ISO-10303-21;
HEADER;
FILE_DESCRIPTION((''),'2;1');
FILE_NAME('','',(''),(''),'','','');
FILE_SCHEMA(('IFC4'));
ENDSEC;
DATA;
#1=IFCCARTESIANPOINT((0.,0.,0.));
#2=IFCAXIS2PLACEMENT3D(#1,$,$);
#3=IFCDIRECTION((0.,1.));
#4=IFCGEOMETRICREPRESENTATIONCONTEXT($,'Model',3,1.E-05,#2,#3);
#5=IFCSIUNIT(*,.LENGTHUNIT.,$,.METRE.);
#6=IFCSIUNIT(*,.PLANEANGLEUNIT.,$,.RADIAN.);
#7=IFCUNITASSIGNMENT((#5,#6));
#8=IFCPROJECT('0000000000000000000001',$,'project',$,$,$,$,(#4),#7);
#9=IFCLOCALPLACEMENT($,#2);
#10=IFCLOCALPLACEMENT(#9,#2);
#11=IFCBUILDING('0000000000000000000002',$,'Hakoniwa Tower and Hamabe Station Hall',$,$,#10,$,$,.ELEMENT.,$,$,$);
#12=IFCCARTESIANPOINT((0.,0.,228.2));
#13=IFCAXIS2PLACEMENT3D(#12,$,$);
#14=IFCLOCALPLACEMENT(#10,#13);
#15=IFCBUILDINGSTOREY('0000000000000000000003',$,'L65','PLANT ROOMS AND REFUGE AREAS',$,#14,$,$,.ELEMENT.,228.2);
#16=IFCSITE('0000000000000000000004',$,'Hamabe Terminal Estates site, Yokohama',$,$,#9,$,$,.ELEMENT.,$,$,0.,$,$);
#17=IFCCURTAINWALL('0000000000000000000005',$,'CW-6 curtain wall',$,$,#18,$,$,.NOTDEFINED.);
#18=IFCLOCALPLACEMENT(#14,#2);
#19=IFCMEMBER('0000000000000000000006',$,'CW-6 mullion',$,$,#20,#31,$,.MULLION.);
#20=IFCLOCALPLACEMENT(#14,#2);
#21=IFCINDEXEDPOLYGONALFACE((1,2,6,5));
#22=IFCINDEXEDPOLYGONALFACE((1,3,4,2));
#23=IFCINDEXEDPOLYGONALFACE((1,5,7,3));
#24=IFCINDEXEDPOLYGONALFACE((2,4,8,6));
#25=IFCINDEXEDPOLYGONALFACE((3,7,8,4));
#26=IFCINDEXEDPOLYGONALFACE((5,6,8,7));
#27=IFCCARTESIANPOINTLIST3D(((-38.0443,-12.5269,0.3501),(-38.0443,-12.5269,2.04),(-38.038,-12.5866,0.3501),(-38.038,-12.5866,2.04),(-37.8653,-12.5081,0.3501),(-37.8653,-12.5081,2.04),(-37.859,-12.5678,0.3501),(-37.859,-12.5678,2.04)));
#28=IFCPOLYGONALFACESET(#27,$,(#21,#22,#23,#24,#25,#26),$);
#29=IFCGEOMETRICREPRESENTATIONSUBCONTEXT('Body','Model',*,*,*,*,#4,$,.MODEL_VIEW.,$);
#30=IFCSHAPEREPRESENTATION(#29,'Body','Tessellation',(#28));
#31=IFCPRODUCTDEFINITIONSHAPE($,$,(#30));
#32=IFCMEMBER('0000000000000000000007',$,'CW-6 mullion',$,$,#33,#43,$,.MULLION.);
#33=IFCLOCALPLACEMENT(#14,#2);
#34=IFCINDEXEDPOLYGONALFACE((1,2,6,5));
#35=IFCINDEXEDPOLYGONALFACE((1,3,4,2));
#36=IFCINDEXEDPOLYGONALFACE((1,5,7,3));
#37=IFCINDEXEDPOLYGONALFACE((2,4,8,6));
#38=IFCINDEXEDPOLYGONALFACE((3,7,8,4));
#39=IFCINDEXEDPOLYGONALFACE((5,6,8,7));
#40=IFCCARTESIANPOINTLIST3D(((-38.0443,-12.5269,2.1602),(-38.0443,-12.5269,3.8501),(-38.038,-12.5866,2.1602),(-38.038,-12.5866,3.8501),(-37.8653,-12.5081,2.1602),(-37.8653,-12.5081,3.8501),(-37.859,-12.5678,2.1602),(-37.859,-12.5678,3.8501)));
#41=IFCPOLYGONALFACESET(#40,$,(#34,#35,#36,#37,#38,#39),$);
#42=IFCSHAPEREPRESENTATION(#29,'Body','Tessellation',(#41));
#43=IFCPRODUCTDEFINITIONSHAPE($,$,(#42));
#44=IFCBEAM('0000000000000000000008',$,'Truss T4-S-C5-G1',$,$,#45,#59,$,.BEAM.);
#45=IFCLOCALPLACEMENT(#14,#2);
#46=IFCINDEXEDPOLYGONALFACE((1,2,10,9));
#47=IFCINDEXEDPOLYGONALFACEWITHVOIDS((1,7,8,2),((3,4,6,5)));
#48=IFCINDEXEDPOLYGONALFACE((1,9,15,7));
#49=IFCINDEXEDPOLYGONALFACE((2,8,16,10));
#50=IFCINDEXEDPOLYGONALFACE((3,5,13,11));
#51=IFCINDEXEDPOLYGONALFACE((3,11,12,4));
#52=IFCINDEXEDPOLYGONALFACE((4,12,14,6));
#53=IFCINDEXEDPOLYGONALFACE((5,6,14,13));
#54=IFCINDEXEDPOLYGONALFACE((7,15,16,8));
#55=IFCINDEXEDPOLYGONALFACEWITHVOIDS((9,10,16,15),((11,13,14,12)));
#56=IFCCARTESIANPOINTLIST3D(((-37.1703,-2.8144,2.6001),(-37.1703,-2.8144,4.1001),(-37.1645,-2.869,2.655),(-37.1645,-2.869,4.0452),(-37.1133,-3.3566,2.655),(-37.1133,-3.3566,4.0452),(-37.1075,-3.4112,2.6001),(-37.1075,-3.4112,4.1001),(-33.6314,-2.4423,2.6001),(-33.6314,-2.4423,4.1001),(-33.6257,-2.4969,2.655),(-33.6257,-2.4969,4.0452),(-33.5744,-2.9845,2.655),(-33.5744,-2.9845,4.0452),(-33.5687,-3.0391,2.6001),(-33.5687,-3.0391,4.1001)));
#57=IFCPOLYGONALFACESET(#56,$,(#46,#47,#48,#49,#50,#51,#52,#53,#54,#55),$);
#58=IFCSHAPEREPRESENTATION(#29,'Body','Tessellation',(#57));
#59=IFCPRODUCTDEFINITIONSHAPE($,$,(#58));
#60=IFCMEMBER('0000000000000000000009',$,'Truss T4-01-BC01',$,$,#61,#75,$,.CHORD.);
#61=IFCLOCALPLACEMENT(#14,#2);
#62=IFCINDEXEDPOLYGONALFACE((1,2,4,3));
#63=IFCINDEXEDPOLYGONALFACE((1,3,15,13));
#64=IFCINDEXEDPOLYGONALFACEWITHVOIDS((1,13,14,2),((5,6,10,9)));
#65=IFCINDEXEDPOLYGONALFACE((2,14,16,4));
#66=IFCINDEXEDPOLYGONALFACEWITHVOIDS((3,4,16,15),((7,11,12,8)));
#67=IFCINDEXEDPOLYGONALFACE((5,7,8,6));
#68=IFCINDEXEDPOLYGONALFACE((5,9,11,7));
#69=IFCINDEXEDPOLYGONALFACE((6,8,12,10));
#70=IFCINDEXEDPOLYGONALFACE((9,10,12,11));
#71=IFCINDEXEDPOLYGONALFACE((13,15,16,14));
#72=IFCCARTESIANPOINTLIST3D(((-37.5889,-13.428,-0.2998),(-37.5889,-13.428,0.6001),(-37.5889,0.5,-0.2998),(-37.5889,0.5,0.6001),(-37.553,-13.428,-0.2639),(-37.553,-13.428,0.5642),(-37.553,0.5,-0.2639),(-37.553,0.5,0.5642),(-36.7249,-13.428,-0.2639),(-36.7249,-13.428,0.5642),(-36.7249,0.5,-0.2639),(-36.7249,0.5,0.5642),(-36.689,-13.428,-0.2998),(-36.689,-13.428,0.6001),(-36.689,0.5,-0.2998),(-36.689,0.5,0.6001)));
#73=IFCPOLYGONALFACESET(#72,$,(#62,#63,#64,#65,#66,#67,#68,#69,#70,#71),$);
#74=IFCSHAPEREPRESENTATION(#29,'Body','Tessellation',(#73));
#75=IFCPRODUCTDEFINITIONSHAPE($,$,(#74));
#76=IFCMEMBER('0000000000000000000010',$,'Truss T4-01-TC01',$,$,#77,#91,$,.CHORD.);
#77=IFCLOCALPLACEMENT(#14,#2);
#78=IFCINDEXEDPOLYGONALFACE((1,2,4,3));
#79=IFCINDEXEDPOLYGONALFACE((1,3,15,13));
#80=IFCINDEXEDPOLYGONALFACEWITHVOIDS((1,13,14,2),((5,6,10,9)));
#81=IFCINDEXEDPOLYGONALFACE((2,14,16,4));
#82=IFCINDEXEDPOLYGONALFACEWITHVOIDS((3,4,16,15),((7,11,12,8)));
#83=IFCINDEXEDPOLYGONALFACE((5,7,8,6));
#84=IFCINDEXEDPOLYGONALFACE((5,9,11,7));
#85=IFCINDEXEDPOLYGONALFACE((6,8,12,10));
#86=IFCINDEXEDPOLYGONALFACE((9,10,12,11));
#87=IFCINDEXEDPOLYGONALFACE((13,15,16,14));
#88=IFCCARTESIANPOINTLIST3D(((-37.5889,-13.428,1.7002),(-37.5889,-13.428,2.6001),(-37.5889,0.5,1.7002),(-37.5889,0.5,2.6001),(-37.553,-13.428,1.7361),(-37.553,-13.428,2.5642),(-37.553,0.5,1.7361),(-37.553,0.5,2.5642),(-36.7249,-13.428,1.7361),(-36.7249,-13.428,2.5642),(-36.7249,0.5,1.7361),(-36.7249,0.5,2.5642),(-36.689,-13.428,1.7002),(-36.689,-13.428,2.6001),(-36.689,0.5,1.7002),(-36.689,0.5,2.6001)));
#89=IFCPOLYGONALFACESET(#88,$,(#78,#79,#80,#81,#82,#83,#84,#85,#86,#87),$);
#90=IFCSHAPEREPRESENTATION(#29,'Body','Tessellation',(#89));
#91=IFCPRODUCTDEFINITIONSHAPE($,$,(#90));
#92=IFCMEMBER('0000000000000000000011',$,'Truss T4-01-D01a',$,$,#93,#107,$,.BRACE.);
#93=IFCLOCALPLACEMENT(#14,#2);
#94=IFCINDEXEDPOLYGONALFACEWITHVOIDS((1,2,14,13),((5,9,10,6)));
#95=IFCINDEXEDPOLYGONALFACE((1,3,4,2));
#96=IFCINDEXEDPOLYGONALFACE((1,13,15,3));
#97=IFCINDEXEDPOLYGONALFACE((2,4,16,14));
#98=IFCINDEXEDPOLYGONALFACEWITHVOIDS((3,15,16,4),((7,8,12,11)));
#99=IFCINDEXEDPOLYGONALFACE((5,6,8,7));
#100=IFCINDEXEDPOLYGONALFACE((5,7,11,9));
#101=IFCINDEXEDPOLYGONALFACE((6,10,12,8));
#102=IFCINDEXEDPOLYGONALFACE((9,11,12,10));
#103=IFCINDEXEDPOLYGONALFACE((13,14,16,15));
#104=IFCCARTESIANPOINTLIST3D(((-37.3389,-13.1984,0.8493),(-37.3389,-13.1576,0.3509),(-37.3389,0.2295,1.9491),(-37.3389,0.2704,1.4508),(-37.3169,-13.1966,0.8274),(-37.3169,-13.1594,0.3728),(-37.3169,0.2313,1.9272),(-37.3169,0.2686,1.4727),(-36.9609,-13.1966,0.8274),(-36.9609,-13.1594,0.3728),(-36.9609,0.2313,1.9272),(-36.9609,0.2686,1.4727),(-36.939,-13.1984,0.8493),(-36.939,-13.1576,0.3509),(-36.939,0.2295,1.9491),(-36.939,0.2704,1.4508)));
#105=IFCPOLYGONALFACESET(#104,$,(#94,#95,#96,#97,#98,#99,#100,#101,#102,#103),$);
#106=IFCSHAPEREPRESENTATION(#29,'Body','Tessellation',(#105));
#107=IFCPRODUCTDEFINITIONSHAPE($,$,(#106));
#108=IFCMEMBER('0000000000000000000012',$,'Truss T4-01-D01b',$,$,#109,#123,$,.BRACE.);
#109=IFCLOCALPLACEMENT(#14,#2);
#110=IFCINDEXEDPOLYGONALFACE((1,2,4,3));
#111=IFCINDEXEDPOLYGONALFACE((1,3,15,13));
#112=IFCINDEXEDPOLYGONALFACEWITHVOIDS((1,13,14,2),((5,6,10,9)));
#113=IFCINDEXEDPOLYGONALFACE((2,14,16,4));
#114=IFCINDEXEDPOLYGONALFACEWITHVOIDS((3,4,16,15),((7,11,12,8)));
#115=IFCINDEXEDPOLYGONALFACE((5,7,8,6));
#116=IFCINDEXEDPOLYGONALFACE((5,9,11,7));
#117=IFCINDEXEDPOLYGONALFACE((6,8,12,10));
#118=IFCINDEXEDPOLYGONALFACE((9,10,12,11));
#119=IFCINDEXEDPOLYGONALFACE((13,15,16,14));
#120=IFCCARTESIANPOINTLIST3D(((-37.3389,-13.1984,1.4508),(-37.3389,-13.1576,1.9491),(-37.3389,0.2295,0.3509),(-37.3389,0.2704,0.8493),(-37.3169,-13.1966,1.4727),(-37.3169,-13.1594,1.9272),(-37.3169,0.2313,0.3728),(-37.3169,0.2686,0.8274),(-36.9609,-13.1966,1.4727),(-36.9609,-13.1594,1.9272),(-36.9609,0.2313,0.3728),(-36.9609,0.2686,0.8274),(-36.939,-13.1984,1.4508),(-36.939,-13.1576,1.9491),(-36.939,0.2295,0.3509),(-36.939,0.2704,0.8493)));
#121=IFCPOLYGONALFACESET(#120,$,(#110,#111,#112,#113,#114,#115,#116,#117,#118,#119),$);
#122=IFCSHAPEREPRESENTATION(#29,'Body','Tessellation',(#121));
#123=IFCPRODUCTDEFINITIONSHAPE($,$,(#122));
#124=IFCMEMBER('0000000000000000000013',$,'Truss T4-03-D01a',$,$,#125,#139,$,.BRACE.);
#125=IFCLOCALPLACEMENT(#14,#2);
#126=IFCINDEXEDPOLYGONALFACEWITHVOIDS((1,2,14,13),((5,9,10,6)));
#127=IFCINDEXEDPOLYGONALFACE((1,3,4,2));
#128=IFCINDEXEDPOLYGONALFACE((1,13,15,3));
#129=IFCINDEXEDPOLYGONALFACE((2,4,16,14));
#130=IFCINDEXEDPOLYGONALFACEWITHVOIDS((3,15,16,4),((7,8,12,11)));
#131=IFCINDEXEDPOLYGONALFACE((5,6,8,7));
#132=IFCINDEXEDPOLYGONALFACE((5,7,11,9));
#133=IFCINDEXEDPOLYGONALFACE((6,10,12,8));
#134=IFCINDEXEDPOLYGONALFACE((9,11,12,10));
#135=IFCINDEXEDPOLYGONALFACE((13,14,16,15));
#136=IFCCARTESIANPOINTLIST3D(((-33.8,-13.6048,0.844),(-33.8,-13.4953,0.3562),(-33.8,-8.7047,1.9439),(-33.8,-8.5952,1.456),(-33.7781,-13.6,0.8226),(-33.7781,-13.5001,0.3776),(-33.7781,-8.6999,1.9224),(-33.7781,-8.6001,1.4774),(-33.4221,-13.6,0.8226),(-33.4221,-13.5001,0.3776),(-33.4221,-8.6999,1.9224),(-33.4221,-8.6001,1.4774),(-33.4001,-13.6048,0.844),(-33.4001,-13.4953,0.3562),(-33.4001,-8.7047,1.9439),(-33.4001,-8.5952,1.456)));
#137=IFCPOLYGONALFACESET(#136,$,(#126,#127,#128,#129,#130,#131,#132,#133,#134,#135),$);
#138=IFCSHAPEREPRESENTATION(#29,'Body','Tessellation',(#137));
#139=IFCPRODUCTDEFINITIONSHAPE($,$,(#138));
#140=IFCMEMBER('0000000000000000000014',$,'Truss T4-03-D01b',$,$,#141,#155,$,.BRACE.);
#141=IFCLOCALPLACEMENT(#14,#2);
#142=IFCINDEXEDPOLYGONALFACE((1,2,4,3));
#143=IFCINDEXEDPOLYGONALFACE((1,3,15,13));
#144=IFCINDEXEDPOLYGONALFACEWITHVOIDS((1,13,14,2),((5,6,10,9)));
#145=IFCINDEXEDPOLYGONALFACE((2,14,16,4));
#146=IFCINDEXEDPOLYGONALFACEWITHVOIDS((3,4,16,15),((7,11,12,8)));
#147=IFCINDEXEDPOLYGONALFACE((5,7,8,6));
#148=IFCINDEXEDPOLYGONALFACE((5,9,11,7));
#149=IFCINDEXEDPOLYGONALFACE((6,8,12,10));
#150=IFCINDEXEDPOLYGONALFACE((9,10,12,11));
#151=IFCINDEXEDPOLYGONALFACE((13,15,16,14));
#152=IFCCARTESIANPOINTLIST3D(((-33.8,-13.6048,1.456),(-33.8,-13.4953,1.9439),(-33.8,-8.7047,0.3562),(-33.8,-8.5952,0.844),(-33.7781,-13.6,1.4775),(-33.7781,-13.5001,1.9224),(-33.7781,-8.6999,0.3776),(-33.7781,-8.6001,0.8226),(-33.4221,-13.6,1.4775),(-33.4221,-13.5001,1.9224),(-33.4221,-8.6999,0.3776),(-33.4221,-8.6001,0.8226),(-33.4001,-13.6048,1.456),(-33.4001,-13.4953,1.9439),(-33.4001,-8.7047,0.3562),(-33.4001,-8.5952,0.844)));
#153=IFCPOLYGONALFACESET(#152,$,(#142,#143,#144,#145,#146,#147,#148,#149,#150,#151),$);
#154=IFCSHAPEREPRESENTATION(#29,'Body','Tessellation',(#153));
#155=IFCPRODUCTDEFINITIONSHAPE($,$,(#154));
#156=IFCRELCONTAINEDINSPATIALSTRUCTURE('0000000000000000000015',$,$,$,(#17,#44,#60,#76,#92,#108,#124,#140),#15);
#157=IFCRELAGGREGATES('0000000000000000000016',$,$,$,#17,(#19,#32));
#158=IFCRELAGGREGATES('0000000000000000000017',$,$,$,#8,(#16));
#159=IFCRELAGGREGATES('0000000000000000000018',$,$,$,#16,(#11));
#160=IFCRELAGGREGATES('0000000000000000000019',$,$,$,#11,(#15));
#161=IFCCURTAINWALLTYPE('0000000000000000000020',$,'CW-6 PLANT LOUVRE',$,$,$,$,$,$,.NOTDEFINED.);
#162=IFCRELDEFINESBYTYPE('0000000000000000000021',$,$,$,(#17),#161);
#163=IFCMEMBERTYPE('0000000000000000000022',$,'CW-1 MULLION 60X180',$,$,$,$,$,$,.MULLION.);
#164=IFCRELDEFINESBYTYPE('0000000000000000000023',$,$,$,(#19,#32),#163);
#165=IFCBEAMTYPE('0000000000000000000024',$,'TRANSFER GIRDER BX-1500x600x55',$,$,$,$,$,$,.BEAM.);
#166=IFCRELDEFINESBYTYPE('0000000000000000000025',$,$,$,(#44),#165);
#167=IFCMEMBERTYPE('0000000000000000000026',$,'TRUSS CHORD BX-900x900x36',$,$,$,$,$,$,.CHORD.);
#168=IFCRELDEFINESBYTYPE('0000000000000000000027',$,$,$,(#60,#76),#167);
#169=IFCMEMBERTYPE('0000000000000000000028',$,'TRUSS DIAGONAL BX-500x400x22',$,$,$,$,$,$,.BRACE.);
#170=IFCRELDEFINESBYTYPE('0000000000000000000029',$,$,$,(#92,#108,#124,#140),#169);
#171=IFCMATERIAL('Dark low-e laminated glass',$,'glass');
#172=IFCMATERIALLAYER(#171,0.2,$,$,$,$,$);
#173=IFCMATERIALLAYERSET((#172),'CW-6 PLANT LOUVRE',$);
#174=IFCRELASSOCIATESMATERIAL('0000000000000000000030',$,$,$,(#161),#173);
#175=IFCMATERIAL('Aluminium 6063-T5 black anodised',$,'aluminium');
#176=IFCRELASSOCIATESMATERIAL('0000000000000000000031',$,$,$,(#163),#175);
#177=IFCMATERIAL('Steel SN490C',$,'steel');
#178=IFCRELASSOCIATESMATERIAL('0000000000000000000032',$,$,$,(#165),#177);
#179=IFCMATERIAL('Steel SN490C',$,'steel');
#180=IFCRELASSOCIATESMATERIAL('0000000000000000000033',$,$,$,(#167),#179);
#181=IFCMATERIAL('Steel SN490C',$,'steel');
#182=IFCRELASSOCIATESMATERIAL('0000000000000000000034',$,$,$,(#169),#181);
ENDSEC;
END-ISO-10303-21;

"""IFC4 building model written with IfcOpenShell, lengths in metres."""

from ifc_helpers import new_model, si_unit, direction, frame, origin, origin_2d, place, context, subcontext, project, spatial, rectangle, hollow_rectangle, extrude, material, layer, layer_set, material_profile, profile_set, type_object, element, aggregate, save


model = new_model("IFC4")

# Units and contexts
model_context = context("Model", 3, precision=1e-05, world=origin(), true_north=direction((0.0, 1.0)))
body_context = subcontext(model_context, "Body", "Model", "MODEL_VIEW")
ifc_project = project(units=[si_unit("LENGTHUNIT", "METRE"), si_unit("PLANEANGLEUNIT", "RADIAN")], contexts=[model_context])

# Site, building, storey
site_placement = place(None, origin())
site = spatial("IfcSite", under=ifc_project, at=site_placement, Name="Hamabe Terminal Estates site, Yokohama", CompositionType="ELEMENT", RefElevation=0.0)
building_placement = place(site_placement, origin())
building = spatial("IfcBuilding", under=site, at=building_placement, Name="Hakoniwa Tower and Hamabe Station Hall", CompositionType="ELEMENT")
storey_placement = place(building_placement, frame((0.0, 0.0, 228.2)))
storey = spatial("IfcBuildingStorey", under=building, at=storey_placement, Name="L65", Description="PLANT ROOMS AND REFUGE AREAS", CompositionType="ELEMENT", Elevation=228.2)

# Curtain wall, members
ifc_material_1 = material(Name="Dark low-e laminated glass", Category="glass")
ifc_layer_1 = layer(ifc_material_1, 0.2)
ifc_layer_set_1 = layer_set([ifc_layer_1], Name="CW-6 PLANT LOUVRE")
curtain_wall_type = type_object("IfcCurtainWallType", Name="CW-6 PLANT LOUVRE", PredefinedType="NOTDEFINED", material=ifc_layer_set_1)
curtain_wall_placement = place(storey_placement, origin())
curtain_wall = element("IfcCurtainWall", 1, at=curtain_wall_placement, inside=storey, type_object=curtain_wall_type, Name="CW-6 curtain wall", PredefinedType="NOTDEFINED")
ifc_material_2 = material(Name="Aluminium 6063-T5 black anodised", Category="aluminium")
ifc_material_profile_1 = material_profile(ifc_material_2, rectangle(XDim=0.0601, YDim=0.1799, at=origin_2d()), Name="CW-1 MULLION 60X180")
ifc_profile_set_1 = profile_set([ifc_material_profile_1], Name="Aluminium 6063-T5 black anodised")
member_type_1 = type_object("IfcMemberType", Name="CW-1 MULLION 60X180", PredefinedType="MULLION", material=ifc_profile_set_1)
member_1_placement = place(storey_placement, frame((-37.9517, -12.5474, 0.3501), z_axis=(0.0, 0.0, 1.0), x_axis=(0.104528, -0.994522, 0.0)))
member_1 = element("IfcMember", 2, at=member_1_placement, type_object=member_type_1, Name="CW-6 mullion", PredefinedType="MULLION", context=body_context, shape_type="SweptSolid", body=[
    extrude(rectangle(XDim=0.0601, YDim=0.1799, at=origin_2d()), origin(), (0.0, 0.0, 1.0), 1.6899),
])
member_2_placement = place(storey_placement, frame((-37.9517, -12.5474, 2.1602), z_axis=(0.0, 0.0, 1.0), x_axis=(0.104528, -0.994522, 0.0)))
member_2 = element("IfcMember", 3, at=member_2_placement, type_object=member_type_1, Name="CW-6 mullion", PredefinedType="MULLION", context=body_context, shape_type="SweptSolid", body=[
    extrude(rectangle(XDim=0.0601, YDim=0.1799, at=origin_2d()), origin(), (0.0, 0.0, 1.0), 1.6899),
])

# Beam
ifc_material_3 = material(Name="Steel SN490C", Category="steel")
ifc_material_profile_2 = material_profile(ifc_material_3, hollow_rectangle(XDim=0.6001, YDim=1.5, WallThickness=0.0549, at=origin_2d()), Name="BX-1500x600x55")
ifc_profile_set_2 = profile_set([ifc_material_profile_2], Name="Steel SN490C")
beam_type = type_object("IfcBeamType", Name="TRANSFER GIRDER BX-1500x600x55", PredefinedType="BEAM", material=ifc_profile_set_2)
beam_placement = place(storey_placement, frame((-37.1389, -3.1128, 3.3501), z_axis=(0.994518, 0.104563, 0.0), x_axis=(-0.104563, 0.994518, 0.0)))
element("IfcBeam", 4, at=beam_placement, inside=storey, type_object=beam_type, Name="Truss T4-S-C5-G1", PredefinedType="BEAM", context=body_context, shape_type="SweptSolid", body=[
    extrude(hollow_rectangle(XDim=0.6001, YDim=1.5, WallThickness=0.0549, at=origin_2d()), origin(), (0.0, 0.0, 1.0), 3.5583),
])

# Members
ifc_material_4 = material(Name="Steel SN490C", Category="steel")
ifc_material_profile_3 = material_profile(ifc_material_4, hollow_rectangle(XDim=0.8999, YDim=0.8999, WallThickness=0.0359, at=origin_2d()), Name="BX-900x900x36")
ifc_profile_set_3 = profile_set([ifc_material_profile_3], Name="Steel SN490C")
member_type_2 = type_object("IfcMemberType", Name="TRUSS CHORD BX-900x900x36", PredefinedType="CHORD", material=ifc_profile_set_3)
for number, where, z_axis, x_axis, name in (
    (5, (-37.1389, -13.428, 0.1501), (0.0, 1.0, 0.0), (-1.0, 0.0, 0.0), "Truss T4-01-BC01"),
    (6, (-37.1389, -13.428, 2.1501), (0.0, 1.0, 0.0), (-1.0, 0.0, 0.0), "Truss T4-01-TC01"),
):
    element("IfcMember", number, at=place(storey_placement, frame(where, z_axis=z_axis, x_axis=x_axis)), inside=storey, type_object=member_type_2, Name=name, PredefinedType="CHORD", context=body_context, shape_type="SweptSolid", body=[
        extrude(hollow_rectangle(XDim=0.8999, YDim=0.8999, WallThickness=0.0359, at=origin_2d()), origin(), (0.0, 0.0, 1.0), 13.928),
    ])
ifc_material_5 = material(Name="Steel SN490C", Category="steel")
ifc_material_profile_4 = material_profile(ifc_material_5, hollow_rectangle(XDim=0.3999, YDim=0.5, WallThickness=0.022, at=origin_2d()), Name="BX-500x400x22")
ifc_profile_set_4 = profile_set([ifc_material_profile_4], Name="Steel SN490C")
member_type_3 = type_object("IfcMemberType", Name="TRUSS DIAGONAL BX-500x400x22", PredefinedType="BRACE", material=ifc_profile_set_4)
for number, where, z_axis, x_axis, name in (
    (7, (-37.1389, -13.178, 0.6001), (0.0, 0.996662, 0.081634), (-1.0, 0.0, 0.0), "Truss T4-01-D01a"),
    (8, (-37.1389, -13.178, 1.7), (0.0, 0.996662, -0.081634), (-1.0, 0.0, 0.0), "Truss T4-01-D01b"),
):
    element("IfcMember", number, at=place(storey_placement, frame(where, z_axis=z_axis, x_axis=x_axis)), inside=storey, type_object=member_type_3, Name=name, PredefinedType="BRACE", context=body_context, shape_type="SweptSolid", body=[
        extrude(hollow_rectangle(XDim=0.3999, YDim=0.5, WallThickness=0.022, at=origin_2d()), origin(), (0.0, 0.0, 1.0), 13.4729),
    ])
for number, where, z_axis, x_axis, name in (
    (9, (-33.6001, -13.55, 0.6001), (0.0, 0.975724, 0.219004), (-1.0, 0.0, 0.0), "Truss T4-03-D01a"),
    (10, (-33.6001, -13.55, 1.7), (0.0, 0.975724, -0.219004), (-1.0, 0.0, 0.0), "Truss T4-03-D01b"),
):
    element("IfcMember", number, at=place(storey_placement, frame(where, z_axis=z_axis, x_axis=x_axis)), inside=storey, type_object=member_type_3, Name=name, PredefinedType="BRACE", context=body_context, shape_type="SweptSolid", body=[
        extrude(hollow_rectangle(XDim=0.3999, YDim=0.5, WallThickness=0.022, at=origin_2d()), origin(), (0.0, 0.0, 1.0), 5.022),
    ])

aggregate(curtain_wall, [member_1, member_2])

save(model, "model.ifc")
